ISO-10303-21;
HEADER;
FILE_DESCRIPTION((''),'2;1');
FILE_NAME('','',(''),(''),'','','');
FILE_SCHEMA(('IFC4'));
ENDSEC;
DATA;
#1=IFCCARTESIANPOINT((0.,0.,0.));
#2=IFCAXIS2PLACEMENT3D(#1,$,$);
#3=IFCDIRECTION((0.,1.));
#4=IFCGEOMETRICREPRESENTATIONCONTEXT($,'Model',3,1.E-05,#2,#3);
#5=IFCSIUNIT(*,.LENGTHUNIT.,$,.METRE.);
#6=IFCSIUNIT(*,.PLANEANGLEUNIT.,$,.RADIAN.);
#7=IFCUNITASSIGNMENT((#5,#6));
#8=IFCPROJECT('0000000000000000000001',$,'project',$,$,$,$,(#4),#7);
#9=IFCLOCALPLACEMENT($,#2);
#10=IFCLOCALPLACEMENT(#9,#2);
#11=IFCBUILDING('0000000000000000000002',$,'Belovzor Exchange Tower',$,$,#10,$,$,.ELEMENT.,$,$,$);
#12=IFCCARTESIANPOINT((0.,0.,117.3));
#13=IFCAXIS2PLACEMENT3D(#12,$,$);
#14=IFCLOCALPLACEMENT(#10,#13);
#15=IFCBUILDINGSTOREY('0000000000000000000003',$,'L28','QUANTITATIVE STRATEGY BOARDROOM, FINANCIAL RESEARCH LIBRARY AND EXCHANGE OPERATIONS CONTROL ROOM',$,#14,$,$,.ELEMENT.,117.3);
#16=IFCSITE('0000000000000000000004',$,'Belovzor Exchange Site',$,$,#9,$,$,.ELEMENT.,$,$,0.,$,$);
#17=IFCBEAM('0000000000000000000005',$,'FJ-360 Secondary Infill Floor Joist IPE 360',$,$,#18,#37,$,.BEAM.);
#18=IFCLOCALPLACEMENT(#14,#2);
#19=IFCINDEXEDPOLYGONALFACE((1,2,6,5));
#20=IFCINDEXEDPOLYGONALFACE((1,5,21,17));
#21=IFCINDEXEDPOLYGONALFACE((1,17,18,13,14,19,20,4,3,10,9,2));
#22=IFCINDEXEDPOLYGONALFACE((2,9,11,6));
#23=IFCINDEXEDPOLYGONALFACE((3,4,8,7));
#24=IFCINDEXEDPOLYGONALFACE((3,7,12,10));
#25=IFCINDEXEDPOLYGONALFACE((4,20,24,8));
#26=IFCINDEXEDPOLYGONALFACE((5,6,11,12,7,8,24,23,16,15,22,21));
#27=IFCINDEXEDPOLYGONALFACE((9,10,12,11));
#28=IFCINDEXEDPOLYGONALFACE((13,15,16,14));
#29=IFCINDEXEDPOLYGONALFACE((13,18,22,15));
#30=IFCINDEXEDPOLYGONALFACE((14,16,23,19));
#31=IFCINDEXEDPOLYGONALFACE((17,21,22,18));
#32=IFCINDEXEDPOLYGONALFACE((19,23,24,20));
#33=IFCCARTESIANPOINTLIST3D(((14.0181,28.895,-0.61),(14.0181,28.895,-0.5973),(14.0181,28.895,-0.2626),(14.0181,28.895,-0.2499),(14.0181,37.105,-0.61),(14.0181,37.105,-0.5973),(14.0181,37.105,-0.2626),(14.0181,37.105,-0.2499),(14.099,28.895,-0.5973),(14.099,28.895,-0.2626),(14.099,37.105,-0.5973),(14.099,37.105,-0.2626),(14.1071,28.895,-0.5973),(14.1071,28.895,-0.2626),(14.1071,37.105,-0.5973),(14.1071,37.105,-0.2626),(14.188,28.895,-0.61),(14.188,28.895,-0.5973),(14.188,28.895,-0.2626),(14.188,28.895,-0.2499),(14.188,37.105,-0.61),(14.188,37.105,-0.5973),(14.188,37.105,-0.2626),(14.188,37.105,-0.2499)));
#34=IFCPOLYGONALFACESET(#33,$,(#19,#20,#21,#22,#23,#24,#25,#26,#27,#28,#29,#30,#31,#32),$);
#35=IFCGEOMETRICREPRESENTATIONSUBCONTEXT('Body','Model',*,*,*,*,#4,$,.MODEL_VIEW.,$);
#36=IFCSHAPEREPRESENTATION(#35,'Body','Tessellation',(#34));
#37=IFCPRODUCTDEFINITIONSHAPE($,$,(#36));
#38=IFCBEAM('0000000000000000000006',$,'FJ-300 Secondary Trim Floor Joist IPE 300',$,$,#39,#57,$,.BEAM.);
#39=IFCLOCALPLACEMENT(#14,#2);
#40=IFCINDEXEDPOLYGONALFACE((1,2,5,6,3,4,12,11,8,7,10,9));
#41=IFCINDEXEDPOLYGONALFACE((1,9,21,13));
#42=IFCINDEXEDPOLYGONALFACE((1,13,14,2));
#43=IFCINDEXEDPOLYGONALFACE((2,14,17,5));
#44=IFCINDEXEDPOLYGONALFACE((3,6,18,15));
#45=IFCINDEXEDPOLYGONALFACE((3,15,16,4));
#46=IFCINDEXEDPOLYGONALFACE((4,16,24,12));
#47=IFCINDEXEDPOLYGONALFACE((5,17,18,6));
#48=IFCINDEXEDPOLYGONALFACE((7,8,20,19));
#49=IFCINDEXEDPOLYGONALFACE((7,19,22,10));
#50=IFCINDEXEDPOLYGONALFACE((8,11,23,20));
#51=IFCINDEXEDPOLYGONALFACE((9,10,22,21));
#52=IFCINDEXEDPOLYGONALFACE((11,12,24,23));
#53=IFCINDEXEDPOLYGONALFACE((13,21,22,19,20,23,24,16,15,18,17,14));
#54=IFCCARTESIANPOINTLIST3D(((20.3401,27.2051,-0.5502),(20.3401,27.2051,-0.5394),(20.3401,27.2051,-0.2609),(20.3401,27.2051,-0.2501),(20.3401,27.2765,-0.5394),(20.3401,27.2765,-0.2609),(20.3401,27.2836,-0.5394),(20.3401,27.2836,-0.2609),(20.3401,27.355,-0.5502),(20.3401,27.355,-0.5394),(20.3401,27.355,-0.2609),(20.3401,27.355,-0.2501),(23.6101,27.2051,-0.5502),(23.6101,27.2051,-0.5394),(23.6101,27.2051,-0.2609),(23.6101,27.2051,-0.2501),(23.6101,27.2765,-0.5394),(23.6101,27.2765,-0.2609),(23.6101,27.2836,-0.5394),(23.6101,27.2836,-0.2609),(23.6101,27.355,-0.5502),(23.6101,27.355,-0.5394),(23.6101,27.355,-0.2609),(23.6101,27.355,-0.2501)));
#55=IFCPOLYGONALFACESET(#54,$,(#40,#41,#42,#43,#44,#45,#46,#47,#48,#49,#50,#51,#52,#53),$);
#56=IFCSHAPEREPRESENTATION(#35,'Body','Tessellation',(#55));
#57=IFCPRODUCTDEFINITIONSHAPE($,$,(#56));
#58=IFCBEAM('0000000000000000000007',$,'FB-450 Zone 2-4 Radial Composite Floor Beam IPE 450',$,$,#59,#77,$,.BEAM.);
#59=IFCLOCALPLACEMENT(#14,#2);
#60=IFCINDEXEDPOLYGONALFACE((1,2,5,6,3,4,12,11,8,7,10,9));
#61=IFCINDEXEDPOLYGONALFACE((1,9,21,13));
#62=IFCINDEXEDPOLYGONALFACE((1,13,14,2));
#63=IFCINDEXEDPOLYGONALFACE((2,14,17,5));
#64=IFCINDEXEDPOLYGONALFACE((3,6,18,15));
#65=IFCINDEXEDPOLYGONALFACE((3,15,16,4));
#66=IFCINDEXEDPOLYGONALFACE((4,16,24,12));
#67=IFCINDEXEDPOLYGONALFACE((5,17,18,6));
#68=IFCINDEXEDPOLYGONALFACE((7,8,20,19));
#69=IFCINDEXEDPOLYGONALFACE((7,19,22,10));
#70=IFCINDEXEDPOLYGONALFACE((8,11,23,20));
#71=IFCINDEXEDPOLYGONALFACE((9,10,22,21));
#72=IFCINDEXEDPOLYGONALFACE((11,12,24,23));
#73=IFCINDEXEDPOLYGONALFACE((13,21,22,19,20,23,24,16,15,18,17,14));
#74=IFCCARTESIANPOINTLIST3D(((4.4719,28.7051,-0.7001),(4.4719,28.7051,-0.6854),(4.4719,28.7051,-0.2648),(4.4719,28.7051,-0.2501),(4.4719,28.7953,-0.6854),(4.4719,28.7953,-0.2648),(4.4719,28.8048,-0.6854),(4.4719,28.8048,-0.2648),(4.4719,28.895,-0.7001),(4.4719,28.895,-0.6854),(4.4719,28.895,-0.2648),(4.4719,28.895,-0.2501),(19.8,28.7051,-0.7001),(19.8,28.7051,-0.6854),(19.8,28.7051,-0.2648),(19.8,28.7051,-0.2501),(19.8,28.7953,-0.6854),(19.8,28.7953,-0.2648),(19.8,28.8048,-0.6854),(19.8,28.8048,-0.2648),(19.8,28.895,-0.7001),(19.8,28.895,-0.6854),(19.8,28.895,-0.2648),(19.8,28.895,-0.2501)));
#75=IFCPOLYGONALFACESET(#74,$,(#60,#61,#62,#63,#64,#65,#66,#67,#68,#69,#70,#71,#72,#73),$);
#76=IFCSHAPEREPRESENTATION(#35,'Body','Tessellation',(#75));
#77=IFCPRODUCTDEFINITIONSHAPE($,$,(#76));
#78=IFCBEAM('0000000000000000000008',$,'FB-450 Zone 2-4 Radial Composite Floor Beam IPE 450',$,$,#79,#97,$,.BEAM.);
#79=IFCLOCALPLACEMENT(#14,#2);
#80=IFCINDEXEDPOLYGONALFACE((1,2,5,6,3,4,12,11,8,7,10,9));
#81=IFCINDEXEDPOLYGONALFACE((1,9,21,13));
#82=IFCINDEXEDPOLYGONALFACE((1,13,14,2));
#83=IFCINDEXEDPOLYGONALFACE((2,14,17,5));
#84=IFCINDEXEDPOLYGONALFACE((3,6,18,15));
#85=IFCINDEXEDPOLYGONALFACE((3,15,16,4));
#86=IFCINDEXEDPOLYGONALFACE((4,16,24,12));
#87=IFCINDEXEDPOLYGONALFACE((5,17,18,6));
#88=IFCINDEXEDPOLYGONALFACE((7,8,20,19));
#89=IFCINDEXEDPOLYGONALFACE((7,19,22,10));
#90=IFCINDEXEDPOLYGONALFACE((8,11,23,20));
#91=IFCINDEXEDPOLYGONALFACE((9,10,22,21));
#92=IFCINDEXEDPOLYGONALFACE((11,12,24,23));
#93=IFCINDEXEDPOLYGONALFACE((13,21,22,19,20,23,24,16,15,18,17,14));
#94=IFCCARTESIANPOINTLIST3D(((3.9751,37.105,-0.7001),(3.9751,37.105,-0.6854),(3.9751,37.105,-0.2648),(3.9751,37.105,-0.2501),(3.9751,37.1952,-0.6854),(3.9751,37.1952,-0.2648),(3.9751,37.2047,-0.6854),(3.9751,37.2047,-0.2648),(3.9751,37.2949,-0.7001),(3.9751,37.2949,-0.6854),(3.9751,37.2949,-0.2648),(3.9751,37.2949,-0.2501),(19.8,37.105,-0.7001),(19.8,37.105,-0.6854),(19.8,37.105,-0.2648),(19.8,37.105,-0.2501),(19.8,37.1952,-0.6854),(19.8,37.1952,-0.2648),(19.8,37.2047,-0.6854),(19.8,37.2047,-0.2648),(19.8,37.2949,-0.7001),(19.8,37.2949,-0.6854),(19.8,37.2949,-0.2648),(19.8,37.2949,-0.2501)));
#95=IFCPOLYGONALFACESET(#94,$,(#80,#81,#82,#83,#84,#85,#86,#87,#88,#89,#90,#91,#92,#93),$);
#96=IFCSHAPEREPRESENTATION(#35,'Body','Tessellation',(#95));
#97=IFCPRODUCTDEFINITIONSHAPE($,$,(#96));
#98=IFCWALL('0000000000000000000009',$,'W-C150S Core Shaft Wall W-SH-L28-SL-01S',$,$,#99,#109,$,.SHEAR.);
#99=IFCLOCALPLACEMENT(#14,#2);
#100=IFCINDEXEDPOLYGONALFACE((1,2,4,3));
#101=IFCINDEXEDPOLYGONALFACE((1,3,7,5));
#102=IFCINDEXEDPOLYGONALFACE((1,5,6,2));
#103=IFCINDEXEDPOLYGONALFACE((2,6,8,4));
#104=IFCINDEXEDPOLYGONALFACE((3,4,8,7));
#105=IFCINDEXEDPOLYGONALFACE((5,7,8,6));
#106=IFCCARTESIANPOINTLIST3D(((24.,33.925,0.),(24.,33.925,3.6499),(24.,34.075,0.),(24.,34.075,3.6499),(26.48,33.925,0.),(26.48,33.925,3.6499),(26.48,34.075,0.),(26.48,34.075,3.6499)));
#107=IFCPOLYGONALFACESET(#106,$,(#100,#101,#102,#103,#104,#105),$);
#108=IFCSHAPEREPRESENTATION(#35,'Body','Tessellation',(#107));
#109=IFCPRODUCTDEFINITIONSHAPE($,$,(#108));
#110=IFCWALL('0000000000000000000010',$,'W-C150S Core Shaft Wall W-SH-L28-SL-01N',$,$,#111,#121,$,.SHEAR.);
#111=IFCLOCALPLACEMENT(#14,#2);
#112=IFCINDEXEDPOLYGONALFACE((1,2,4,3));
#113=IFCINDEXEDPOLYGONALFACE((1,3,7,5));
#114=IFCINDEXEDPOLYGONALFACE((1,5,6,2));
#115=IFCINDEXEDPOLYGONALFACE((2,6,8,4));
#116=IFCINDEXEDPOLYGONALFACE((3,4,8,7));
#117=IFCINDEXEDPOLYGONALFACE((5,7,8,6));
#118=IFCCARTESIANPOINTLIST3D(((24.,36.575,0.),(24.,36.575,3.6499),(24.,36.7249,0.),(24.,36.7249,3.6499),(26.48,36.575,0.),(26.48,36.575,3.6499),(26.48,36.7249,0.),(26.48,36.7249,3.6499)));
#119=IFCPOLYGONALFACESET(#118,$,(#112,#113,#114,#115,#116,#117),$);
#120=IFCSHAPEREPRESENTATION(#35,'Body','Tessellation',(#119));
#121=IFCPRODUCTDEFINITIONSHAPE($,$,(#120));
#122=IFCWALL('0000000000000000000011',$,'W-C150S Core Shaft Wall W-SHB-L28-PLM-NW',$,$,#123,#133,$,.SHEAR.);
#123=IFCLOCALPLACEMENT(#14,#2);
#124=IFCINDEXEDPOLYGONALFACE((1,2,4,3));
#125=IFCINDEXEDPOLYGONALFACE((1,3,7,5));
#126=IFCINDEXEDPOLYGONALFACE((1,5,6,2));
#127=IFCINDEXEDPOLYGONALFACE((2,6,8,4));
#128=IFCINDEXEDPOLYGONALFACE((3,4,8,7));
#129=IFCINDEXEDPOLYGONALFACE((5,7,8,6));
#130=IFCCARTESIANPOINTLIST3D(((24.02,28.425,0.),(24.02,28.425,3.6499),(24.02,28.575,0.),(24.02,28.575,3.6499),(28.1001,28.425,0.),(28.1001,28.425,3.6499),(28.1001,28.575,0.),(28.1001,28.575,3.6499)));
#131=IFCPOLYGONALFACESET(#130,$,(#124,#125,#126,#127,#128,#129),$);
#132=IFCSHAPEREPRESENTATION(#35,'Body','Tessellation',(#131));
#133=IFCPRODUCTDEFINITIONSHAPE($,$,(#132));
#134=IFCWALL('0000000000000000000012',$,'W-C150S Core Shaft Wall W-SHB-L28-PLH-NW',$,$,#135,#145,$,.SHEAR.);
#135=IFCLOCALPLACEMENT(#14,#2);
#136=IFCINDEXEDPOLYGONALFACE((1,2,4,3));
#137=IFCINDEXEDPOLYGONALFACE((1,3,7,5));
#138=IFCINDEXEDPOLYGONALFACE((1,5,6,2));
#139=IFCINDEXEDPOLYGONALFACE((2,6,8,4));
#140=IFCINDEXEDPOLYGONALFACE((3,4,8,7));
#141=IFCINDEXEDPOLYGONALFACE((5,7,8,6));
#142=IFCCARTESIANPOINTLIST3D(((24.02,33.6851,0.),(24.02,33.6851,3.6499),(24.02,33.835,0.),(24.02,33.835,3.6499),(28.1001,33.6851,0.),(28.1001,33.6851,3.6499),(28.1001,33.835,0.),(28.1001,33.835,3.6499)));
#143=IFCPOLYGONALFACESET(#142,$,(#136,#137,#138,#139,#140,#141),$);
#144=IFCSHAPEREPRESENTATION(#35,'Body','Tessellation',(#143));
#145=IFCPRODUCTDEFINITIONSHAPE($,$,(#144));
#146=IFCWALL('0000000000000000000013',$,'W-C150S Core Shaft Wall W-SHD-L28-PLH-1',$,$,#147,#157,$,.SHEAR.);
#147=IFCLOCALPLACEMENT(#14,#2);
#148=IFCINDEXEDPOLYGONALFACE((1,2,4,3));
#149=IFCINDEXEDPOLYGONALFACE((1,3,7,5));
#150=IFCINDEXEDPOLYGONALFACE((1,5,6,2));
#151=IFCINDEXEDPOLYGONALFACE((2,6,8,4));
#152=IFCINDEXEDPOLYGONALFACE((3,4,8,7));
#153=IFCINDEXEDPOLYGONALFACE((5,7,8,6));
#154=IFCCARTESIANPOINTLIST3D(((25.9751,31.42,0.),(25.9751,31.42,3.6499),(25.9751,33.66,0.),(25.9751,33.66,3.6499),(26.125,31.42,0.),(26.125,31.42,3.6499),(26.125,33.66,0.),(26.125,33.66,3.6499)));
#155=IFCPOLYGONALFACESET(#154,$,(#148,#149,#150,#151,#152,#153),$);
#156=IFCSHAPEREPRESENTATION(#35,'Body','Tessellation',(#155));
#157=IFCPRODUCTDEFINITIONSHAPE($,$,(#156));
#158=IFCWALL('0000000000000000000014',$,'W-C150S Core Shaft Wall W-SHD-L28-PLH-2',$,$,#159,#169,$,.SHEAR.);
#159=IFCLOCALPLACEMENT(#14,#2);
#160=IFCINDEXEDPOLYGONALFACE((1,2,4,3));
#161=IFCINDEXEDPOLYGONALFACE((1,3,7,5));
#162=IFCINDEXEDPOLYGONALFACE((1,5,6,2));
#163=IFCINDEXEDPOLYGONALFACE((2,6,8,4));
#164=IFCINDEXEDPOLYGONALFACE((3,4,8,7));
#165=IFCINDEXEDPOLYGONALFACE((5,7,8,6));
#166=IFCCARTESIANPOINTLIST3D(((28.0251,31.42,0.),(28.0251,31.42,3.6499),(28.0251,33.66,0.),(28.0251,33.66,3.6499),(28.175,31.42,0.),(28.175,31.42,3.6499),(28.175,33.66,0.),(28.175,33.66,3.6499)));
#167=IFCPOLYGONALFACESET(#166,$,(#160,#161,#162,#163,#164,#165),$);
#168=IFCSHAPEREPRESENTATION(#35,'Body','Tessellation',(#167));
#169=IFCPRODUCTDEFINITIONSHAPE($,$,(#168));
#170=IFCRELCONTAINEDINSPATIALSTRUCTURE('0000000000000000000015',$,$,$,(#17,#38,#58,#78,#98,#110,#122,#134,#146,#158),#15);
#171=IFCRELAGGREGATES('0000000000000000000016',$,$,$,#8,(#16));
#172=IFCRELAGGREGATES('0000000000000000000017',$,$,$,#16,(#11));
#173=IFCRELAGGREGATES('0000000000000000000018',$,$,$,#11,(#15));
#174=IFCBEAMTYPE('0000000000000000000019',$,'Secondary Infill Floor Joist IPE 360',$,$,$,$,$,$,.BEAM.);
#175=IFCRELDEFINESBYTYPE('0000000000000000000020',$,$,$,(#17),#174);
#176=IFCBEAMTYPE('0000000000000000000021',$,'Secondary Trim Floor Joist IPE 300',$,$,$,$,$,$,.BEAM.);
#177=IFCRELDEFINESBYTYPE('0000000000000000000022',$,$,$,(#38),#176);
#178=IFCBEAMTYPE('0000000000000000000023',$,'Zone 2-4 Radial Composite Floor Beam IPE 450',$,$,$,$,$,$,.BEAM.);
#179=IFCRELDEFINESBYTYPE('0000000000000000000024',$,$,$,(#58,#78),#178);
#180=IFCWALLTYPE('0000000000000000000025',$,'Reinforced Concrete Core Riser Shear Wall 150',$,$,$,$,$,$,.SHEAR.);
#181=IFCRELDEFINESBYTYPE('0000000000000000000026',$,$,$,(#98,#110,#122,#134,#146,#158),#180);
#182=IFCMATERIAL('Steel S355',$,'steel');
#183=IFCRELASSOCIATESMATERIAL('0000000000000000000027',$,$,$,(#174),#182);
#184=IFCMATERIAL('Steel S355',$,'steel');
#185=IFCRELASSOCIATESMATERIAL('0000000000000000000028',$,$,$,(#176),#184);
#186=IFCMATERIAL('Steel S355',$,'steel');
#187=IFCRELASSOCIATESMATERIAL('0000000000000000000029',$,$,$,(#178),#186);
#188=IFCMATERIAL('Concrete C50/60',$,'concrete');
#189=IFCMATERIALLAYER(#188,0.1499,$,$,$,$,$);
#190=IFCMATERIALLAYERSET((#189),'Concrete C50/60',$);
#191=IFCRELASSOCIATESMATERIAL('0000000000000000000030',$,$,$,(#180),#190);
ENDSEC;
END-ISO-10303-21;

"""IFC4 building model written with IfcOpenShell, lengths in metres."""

from ifc_helpers import new_model, si_unit, direction, frame, frame_2d, origin, origin_2d, place, context, subcontext, project, spatial, rectangle, i_section, extrude, material, layer, layer_set, material_profile, profile_set, type_object, element, save


model = new_model("IFC4")

# Units and contexts
model_context = context("Model", 3, precision=1e-05, world=origin(), true_north=direction((0.0, 1.0)))
body_context = subcontext(model_context, "Body", "Model", "MODEL_VIEW")
ifc_project = project(units=[si_unit("LENGTHUNIT", "METRE"), si_unit("PLANEANGLEUNIT", "RADIAN")], contexts=[model_context])

# Site, building, storey
site_placement = place(None, origin())
site = spatial("IfcSite", under=ifc_project, at=site_placement, Name="Belovzor Exchange Site", CompositionType="ELEMENT", RefElevation=0.0)
building_placement = place(site_placement, origin())
building = spatial("IfcBuilding", under=site, at=building_placement, Name="Belovzor Exchange Tower", CompositionType="ELEMENT")
storey_placement = place(building_placement, frame((0.0, 0.0, 117.3)))
storey = spatial("IfcBuildingStorey", under=building, at=storey_placement, Name="L28", Description="QUANTITATIVE STRATEGY BOARDROOM, FINANCIAL RESEARCH LIBRARY AND EXCHANGE OPERATIONS CONTROL ROOM", CompositionType="ELEMENT", Elevation=117.3)

# Beams
ifc_material_1 = material(Name="Steel S355", Category="steel")
ifc_material_profile_1 = material_profile(ifc_material_1, i_section(OverallWidth=0.1699, OverallDepth=0.3601, WebThickness=0.0081, FlangeThickness=0.0127, at=origin_2d()))
ifc_profile_set_1 = profile_set([ifc_material_profile_1], Name="Steel S355")
beam_type_1 = type_object("IfcBeamType", Name="Secondary Infill Floor Joist IPE 360", PredefinedType="BEAM", material=ifc_profile_set_1)
beam_1_placement = place(storey_placement, frame((14.103, 28.895, -0.4299), z_axis=(0.0, 1.0, 0.0), x_axis=(-1.0, 0.0, 0.0)))
element("IfcBeam", 1, at=beam_1_placement, inside=storey, type_object=beam_type_1, Name="FJ-360 Secondary Infill Floor Joist IPE 360", PredefinedType="BEAM", context=body_context, shape_type="SweptSolid", body=[
    extrude(i_section(OverallWidth=0.1699, OverallDepth=0.3601, WebThickness=0.0081, FlangeThickness=0.0127, at=origin_2d()), origin(), (0.0, 0.0, 1.0), 8.21),
])
ifc_material_2 = material(Name="Steel S355", Category="steel")
ifc_material_profile_2 = material_profile(ifc_material_2, i_section(OverallWidth=0.1499, OverallDepth=0.3, WebThickness=0.0071, FlangeThickness=0.0107, at=origin_2d()))
ifc_profile_set_2 = profile_set([ifc_material_profile_2], Name="Steel S355")
beam_type_2 = type_object("IfcBeamType", Name="Secondary Trim Floor Joist IPE 300", PredefinedType="BEAM", material=ifc_profile_set_2)
beam_2_placement = place(storey_placement, frame((20.3401, 27.28, -0.4001), z_axis=(1.0, 0.0, 0.0), x_axis=(0.0, 1.0, 0.0)))
element("IfcBeam", 2, at=beam_2_placement, inside=storey, type_object=beam_type_2, Name="FJ-300 Secondary Trim Floor Joist IPE 300", PredefinedType="BEAM", context=body_context, shape_type="SweptSolid", body=[
    extrude(i_section(OverallWidth=0.1499, OverallDepth=0.3, WebThickness=0.0071, FlangeThickness=0.0107, at=origin_2d()), origin(), (0.0, 0.0, 1.0), 3.27),
])
ifc_material_3 = material(Name="Steel S355", Category="steel")
ifc_material_profile_3 = material_profile(ifc_material_3, i_section(OverallWidth=0.1899, OverallDepth=0.45, WebThickness=0.0095, FlangeThickness=0.0146, at=origin_2d()))
ifc_profile_set_3 = profile_set([ifc_material_profile_3], Name="Steel S355")
beam_type_3 = type_object("IfcBeamType", Name="Zone 2-4 Radial Composite Floor Beam IPE 450", PredefinedType="BEAM", material=ifc_profile_set_3)
beam_3_placement = place(storey_placement, frame((19.8, 28.8, -0.4751), z_axis=(-1.0, 0.0, 0.0), x_axis=(0.0, -1.0, 0.0)))
element("IfcBeam", 3, at=beam_3_placement, inside=storey, type_object=beam_type_3, Name="FB-450 Zone 2-4 Radial Composite Floor Beam IPE 450", PredefinedType="BEAM", context=body_context, shape_type="SweptSolid", body=[
    extrude(i_section(OverallWidth=0.1899, OverallDepth=0.45, WebThickness=0.0095, FlangeThickness=0.0146, at=origin_2d()), origin(), (0.0, 0.0, 1.0), 15.3281),
])
beam_4_placement = place(storey_placement, frame((19.8, 37.2, -0.4751), z_axis=(-1.0, 0.0, 0.0), x_axis=(0.0, -1.0, 0.0)))
element("IfcBeam", 4, at=beam_4_placement, inside=storey, type_object=beam_type_3, Name="FB-450 Zone 2-4 Radial Composite Floor Beam IPE 450", PredefinedType="BEAM", context=body_context, shape_type="SweptSolid", body=[
    extrude(i_section(OverallWidth=0.1899, OverallDepth=0.45, WebThickness=0.0095, FlangeThickness=0.0146, at=origin_2d()), origin(), (0.0, 0.0, 1.0), 15.825),
])

# Walls
ifc_material_4 = material(Name="Concrete C50/60", Category="concrete")
ifc_layer_1 = layer(ifc_material_4, 0.1499)
ifc_layer_set_1 = layer_set([ifc_layer_1], Name="Concrete C50/60")
wall_type_1 = type_object("IfcWallType", Name="Reinforced Concrete Core Riser Shear Wall 150", PredefinedType="SHEAR", material=ifc_layer_set_1)
for number, where, z_axis, x_axis, name in (
    (5, (24.0, 34.0, 0.0), (0.0, 0.0, 1.0), (1.0, 0.0, 0.0), "W-C150S Core Shaft Wall W-SH-L28-SL-01S"),
    (6, (24.0, 36.6499, 0.0), (0.0, 0.0, 1.0), (1.0, 0.0, 0.0), "W-C150S Core Shaft Wall W-SH-L28-SL-01N"),
):
    element("IfcWall", number, at=place(storey_placement, frame(where, z_axis=z_axis, x_axis=x_axis)), inside=storey, type_object=wall_type_1, Name=name, PredefinedType="SHEAR", context=body_context, shape_type="SweptSolid", body=[
        extrude(rectangle(XDim=2.48, YDim=0.1499, at=frame_2d((1.24, 0.0))), origin(), (0.0, 0.0, 1.0), 3.6499),
    ])
for number, where, z_axis, x_axis, name in (
    (7, (24.02, 28.5, 0.0), (0.0, 0.0, 1.0), (1.0, 0.0, 0.0), "W-C150S Core Shaft Wall W-SHB-L28-PLM-NW"),
    (8, (24.02, 33.76, 0.0), (0.0, 0.0, 1.0), (1.0, 0.0, 0.0), "W-C150S Core Shaft Wall W-SHB-L28-PLH-NW"),
):
    element("IfcWall", number, at=place(storey_placement, frame(where, z_axis=z_axis, x_axis=x_axis)), inside=storey, type_object=wall_type_1, Name=name, PredefinedType="SHEAR", context=body_context, shape_type="SweptSolid", body=[
        extrude(rectangle(XDim=4.0801, YDim=0.1499, at=frame_2d((2.04, 0.0))), origin(), (0.0, 0.0, 1.0), 3.6499),
    ])
for number, where, z_axis, x_axis, name in (
    (9, (26.05, 31.4199, 0.0), (0.0, 0.0, 1.0), (0.0, 1.0, 0.0), "W-C150S Core Shaft Wall W-SHD-L28-PLH-1"),
    (10, (28.1001, 31.4199, 0.0), (0.0, 0.0, 1.0), (0.0, 1.0, 0.0), "W-C150S Core Shaft Wall W-SHD-L28-PLH-2"),
):
    element("IfcWall", number, at=place(storey_placement, frame(where, z_axis=z_axis, x_axis=x_axis)), inside=storey, type_object=wall_type_1, Name=name, PredefinedType="SHEAR", context=body_context, shape_type="SweptSolid", body=[
        extrude(rectangle(XDim=2.24, YDim=0.1499, at=frame_2d((1.1201, 0.0))), origin(), (0.0, 0.0, 1.0), 3.6499),
    ])

save(model, "model.ifc")
